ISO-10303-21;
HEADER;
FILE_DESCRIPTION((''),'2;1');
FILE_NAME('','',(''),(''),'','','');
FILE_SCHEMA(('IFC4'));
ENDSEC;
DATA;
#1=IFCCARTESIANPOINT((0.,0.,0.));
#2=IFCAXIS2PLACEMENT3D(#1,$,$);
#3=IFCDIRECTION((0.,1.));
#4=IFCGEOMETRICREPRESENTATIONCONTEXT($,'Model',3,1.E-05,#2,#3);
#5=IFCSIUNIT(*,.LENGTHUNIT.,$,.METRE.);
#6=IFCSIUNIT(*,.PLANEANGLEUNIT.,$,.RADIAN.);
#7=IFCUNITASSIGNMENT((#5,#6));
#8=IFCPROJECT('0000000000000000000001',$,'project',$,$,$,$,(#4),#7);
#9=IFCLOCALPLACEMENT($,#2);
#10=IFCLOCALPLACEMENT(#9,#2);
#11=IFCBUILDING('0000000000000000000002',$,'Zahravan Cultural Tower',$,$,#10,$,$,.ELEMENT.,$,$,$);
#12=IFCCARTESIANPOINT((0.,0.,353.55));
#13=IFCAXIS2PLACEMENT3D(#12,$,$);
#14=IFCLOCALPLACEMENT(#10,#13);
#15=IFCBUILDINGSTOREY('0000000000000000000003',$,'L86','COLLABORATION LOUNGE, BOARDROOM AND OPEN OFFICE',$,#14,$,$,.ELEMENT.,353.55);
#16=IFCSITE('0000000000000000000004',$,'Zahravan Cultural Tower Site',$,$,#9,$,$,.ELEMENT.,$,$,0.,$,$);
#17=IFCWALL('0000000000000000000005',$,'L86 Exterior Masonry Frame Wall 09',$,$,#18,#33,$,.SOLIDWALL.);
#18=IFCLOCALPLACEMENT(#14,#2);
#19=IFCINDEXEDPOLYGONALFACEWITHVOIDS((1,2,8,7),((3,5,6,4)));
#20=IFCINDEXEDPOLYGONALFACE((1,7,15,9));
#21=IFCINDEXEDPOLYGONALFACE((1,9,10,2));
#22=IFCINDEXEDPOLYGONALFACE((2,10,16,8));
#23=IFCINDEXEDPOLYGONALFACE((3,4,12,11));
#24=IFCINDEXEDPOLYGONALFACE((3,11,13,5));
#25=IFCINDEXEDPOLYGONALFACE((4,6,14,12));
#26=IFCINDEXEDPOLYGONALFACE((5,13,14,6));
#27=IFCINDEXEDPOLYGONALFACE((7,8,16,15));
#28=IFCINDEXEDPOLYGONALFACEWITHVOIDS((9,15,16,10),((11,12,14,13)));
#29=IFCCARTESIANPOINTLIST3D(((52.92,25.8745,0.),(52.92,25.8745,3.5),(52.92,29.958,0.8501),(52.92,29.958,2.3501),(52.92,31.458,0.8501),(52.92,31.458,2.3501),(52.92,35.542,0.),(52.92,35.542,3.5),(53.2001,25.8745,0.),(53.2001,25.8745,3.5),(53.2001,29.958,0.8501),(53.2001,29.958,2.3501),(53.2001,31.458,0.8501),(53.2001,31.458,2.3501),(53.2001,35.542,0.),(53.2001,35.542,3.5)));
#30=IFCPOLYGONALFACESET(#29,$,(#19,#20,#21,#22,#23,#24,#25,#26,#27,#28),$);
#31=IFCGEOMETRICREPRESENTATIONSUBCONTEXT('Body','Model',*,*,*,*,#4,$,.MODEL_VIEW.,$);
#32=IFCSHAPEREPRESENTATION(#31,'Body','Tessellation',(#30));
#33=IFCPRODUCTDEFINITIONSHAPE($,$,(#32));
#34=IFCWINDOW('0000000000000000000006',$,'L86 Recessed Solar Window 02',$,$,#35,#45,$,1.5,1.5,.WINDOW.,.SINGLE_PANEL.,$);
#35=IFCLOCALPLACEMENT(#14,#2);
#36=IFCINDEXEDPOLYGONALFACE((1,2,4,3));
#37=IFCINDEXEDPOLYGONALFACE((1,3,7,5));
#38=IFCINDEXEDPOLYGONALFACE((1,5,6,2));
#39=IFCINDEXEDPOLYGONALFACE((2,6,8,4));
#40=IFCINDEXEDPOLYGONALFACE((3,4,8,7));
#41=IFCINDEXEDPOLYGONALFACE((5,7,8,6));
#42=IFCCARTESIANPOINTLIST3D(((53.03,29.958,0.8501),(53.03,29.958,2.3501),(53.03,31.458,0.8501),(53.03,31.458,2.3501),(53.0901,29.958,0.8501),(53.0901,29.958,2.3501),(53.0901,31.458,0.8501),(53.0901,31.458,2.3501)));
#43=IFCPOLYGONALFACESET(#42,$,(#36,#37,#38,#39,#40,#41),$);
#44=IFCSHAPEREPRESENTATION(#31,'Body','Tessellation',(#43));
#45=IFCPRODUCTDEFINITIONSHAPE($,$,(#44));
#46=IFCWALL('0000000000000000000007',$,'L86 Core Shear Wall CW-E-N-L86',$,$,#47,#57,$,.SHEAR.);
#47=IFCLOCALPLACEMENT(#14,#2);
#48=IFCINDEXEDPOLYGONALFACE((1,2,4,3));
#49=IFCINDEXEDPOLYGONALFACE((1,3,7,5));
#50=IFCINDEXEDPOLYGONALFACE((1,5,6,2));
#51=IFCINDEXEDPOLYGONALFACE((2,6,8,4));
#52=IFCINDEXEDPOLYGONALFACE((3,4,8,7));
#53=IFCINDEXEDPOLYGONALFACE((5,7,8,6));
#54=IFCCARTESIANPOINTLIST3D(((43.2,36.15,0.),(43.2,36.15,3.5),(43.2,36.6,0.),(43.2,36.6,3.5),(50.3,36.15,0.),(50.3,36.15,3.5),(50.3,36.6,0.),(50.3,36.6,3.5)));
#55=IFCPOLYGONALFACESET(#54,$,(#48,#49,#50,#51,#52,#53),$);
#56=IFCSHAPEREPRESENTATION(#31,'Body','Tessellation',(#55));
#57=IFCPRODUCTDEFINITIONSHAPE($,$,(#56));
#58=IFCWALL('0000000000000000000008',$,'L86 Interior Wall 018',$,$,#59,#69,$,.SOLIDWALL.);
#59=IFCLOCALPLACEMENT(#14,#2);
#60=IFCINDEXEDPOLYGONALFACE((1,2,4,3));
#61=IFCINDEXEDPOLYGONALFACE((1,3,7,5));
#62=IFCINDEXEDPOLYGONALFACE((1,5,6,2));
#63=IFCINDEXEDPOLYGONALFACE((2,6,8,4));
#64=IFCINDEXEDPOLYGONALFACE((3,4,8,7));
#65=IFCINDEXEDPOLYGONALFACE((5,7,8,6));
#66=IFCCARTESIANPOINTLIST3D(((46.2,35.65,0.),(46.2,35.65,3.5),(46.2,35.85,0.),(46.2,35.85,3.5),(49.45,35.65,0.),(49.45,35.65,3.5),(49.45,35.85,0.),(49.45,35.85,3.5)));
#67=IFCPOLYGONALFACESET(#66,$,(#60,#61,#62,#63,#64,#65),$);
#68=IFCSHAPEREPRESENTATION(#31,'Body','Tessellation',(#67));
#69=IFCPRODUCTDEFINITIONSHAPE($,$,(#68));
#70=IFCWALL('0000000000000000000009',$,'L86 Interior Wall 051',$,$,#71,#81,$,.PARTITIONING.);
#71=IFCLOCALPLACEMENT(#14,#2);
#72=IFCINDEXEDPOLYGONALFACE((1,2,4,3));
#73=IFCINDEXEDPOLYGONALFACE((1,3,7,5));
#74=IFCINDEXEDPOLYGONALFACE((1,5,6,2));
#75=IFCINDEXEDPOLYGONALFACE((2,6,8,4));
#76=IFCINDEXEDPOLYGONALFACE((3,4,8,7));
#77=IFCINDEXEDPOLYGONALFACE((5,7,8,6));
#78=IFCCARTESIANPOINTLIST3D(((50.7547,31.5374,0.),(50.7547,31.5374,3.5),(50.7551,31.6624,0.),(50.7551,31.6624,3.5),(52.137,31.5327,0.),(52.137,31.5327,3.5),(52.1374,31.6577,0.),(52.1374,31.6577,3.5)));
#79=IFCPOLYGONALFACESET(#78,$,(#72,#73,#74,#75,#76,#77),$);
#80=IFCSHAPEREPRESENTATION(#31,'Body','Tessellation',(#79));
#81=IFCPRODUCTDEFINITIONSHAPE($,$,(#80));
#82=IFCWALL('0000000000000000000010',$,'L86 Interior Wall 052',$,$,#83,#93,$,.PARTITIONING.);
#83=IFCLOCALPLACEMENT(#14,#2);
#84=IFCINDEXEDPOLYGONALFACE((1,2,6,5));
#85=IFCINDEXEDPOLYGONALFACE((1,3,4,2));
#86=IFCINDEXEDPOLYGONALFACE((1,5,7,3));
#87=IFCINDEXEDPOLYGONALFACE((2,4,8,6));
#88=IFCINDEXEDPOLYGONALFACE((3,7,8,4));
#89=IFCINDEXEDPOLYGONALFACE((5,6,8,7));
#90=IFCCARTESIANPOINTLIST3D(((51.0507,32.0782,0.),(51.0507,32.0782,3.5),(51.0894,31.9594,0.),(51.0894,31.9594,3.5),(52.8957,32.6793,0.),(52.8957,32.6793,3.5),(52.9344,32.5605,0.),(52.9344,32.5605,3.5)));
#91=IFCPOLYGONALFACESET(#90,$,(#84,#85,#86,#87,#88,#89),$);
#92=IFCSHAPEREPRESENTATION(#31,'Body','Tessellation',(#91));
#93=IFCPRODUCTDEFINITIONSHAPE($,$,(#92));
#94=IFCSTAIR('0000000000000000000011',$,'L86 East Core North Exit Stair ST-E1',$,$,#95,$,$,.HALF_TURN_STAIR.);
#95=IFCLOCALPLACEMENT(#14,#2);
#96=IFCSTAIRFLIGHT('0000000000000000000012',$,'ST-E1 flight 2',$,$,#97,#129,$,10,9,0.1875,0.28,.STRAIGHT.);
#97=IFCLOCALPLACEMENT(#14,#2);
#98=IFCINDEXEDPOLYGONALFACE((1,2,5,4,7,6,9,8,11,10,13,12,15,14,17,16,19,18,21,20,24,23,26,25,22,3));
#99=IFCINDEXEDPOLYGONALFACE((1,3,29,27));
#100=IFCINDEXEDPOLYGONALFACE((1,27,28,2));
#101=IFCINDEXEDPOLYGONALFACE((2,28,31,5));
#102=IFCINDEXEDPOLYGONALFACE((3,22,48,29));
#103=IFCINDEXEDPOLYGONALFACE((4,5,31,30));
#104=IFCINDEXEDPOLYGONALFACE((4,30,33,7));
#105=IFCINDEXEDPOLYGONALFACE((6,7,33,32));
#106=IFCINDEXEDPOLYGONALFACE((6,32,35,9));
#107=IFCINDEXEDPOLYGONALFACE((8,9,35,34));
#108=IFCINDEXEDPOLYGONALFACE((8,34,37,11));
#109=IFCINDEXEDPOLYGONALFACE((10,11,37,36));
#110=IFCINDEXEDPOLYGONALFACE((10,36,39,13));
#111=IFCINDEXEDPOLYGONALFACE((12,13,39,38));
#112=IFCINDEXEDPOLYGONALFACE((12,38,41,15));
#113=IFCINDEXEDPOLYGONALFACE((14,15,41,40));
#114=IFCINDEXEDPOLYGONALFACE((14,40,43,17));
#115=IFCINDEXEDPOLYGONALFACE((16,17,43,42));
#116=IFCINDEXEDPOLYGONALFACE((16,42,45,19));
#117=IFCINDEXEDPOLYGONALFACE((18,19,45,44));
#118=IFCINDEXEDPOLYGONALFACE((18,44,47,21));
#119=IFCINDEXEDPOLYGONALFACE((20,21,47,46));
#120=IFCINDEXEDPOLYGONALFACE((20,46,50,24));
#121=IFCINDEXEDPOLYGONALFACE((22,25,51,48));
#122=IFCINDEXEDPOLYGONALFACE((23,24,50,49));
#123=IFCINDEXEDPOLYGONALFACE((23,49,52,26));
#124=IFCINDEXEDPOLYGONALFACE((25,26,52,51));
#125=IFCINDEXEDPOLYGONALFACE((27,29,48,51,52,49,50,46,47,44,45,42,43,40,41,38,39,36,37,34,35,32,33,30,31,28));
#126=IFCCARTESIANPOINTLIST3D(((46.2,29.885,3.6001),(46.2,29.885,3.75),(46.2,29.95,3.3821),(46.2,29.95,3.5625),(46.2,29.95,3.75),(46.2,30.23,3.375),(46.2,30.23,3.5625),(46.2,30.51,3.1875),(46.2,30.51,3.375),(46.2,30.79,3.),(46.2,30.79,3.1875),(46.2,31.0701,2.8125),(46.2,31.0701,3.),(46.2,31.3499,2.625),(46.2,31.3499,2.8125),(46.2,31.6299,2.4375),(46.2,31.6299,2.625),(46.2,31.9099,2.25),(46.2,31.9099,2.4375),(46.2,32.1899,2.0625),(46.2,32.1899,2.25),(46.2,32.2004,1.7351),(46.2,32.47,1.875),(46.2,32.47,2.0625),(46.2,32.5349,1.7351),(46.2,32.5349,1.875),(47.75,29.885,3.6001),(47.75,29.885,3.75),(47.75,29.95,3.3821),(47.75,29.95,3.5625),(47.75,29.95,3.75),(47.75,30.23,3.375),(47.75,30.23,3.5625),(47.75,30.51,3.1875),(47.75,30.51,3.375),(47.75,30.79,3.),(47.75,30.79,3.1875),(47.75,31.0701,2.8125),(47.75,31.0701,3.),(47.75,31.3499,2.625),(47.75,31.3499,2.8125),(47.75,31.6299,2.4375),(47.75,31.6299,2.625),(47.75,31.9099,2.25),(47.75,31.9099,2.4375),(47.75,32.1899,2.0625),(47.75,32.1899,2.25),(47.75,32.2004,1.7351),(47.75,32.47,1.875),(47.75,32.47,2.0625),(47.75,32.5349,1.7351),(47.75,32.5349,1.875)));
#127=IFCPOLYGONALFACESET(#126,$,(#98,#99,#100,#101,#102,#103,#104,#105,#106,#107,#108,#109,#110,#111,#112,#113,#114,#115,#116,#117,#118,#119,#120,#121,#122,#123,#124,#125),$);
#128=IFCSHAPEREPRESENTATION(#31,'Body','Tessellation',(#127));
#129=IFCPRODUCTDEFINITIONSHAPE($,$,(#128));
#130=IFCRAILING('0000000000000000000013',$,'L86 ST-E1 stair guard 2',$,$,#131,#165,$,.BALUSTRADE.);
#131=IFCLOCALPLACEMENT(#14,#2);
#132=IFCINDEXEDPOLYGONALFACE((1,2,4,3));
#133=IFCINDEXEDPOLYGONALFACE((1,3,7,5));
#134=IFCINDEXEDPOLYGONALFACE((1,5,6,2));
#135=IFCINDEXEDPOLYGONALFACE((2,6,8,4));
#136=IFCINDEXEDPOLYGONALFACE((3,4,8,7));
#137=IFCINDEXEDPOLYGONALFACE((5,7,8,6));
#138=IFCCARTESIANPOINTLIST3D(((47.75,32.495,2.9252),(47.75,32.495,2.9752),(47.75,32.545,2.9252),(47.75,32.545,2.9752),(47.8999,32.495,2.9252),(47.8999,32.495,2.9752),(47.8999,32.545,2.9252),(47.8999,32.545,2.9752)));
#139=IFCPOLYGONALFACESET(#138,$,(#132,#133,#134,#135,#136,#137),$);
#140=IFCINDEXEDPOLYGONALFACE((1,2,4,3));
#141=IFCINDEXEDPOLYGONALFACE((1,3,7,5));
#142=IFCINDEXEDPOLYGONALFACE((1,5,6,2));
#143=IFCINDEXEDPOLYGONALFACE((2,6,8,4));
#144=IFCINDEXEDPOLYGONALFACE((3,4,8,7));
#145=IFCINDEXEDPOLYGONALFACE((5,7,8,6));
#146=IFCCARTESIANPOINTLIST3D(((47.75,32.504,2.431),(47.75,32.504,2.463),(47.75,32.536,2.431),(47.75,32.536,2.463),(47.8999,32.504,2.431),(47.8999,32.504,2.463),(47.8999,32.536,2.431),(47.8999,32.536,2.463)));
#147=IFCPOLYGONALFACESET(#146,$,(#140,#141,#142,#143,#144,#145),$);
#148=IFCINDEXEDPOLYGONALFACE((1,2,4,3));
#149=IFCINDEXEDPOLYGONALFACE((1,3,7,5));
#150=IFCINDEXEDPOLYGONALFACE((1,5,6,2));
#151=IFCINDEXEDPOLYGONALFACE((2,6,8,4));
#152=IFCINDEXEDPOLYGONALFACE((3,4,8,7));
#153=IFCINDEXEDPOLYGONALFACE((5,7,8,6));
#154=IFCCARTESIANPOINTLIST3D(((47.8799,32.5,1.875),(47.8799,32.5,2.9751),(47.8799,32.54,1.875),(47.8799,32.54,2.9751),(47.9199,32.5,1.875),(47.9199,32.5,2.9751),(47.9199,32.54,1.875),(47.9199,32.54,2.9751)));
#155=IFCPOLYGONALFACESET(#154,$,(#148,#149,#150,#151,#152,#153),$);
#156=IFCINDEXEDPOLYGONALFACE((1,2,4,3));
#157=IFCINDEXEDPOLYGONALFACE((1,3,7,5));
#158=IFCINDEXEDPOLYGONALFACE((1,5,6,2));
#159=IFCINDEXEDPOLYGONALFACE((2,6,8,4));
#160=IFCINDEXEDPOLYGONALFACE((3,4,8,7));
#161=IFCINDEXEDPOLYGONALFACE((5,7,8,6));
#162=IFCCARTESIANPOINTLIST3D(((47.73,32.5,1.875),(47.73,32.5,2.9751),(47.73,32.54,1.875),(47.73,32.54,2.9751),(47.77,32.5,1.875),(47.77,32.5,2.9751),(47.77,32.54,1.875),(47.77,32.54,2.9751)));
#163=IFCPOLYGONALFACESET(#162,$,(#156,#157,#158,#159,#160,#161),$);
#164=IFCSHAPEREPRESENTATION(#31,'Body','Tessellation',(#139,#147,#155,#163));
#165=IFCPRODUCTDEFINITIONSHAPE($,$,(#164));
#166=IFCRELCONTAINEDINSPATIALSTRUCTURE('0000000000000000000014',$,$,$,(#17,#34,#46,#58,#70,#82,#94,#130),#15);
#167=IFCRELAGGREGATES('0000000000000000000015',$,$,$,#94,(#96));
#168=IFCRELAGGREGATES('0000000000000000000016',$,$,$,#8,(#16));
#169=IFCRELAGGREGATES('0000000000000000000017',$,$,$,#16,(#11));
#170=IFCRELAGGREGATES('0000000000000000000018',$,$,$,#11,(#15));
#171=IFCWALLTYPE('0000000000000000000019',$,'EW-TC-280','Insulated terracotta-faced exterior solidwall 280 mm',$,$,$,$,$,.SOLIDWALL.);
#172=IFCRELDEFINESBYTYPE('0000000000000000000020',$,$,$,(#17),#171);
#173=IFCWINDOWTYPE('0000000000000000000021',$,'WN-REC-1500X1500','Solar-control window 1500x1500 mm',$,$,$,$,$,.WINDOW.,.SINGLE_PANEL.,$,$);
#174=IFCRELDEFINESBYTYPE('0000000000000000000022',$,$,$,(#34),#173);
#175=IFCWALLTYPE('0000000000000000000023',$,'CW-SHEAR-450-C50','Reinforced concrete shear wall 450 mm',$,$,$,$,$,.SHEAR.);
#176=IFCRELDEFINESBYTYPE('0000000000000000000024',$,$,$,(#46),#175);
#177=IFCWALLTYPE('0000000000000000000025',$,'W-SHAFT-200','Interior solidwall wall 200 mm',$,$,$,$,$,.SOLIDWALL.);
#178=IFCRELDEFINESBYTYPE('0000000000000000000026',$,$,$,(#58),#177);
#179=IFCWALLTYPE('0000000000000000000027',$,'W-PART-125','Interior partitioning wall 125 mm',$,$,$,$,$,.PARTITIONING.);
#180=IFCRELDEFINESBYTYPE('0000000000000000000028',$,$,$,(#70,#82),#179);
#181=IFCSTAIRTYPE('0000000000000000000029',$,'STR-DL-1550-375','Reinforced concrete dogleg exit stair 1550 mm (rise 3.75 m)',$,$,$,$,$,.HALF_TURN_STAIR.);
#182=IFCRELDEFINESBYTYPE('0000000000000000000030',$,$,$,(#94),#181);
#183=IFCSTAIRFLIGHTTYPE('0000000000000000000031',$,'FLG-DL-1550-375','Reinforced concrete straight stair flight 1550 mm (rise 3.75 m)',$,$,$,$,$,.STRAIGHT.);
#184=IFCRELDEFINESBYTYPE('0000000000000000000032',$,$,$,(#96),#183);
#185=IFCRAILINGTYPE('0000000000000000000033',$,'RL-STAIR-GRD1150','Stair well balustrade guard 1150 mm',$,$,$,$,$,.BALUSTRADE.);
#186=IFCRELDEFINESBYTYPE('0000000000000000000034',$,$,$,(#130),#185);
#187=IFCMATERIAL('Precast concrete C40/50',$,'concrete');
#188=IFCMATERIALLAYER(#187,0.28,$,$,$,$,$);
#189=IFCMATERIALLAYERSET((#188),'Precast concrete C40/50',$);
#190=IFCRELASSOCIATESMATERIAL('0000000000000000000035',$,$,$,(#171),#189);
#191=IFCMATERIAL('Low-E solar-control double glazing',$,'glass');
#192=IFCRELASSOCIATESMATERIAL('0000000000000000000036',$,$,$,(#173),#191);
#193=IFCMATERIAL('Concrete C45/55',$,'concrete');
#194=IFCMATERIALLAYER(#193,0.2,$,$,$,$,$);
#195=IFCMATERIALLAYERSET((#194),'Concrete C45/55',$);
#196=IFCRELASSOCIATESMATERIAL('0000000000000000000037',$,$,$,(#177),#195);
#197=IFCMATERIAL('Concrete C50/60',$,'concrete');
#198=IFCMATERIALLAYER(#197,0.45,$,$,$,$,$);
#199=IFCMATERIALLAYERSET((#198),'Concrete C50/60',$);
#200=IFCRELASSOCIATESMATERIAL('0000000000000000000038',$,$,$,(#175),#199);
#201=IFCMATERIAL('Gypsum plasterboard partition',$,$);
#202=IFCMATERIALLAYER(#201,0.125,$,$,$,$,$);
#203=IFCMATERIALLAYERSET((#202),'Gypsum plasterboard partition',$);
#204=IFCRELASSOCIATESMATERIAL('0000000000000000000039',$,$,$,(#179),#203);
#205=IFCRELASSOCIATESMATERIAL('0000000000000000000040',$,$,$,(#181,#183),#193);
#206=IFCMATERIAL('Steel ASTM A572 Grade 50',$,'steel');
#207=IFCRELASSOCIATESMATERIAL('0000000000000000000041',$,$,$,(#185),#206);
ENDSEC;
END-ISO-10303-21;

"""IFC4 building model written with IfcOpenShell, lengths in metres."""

from ifc_helpers import new_model, si_unit, direction, frame, frame_2d, origin, origin_2d, place, context, subcontext, project, spatial, polyline, rectangle, outline, extrude, source, transform, mapped, material, layer, layer_set, type_object, element, fill, aggregate, save


model = new_model("IFC4")

# Units and contexts
model_context = context("Model", 3, precision=1e-05, world=origin(), true_north=direction((0.0, 1.0)))
body_context = subcontext(model_context, "Body", "Model", "MODEL_VIEW")
ifc_project = project(units=[si_unit("LENGTHUNIT", "METRE"), si_unit("PLANEANGLEUNIT", "RADIAN")], contexts=[model_context])

# Site, building, storey
site_placement = place(None, origin())
site = spatial("IfcSite", under=ifc_project, at=site_placement, Name="Zahravan Cultural Tower Site", CompositionType="ELEMENT", RefElevation=0.0)
building_placement = place(site_placement, origin())
building = spatial("IfcBuilding", under=site, at=building_placement, Name="Zahravan Cultural Tower", CompositionType="ELEMENT")
storey_placement = place(building_placement, frame((0.0, 0.0, 353.55)))
storey = spatial("IfcBuildingStorey", under=building, at=storey_placement, Name="L86", Description="COLLABORATION LOUNGE, BOARDROOM AND OPEN OFFICE", CompositionType="ELEMENT", Elevation=353.55)

# Shared definitions
ifc_material_1 = material(Name="Concrete C50/60", Category="concrete")

# Wall, opening, window
ifc_material_2 = material(Name="Precast concrete C40/50", Category="concrete")
ifc_layer_1 = layer(ifc_material_2, 0.28)
ifc_layer_set_1 = layer_set([ifc_layer_1], Name="Precast concrete C40/50")
wall_type_1 = type_object("IfcWallType", Name="EW-TC-280", Description="Insulated terracotta-faced exterior solidwall 280 mm", PredefinedType="SOLIDWALL", material=ifc_layer_set_1)
wall_1_placement = place(storey_placement, frame((53.0601, 35.542, 0.0), z_axis=(0.0, 0.0, 1.0), x_axis=(0.0, -1.0, 0.0)))
wall_1 = element("IfcWall", 1, at=wall_1_placement, inside=storey, type_object=wall_type_1, Name="L86 Exterior Masonry Frame Wall 09", PredefinedType="SOLIDWALL", context=body_context, shape_type="SweptSolid", body=[
    extrude(rectangle(XDim=9.6675, YDim=0.28, at=frame_2d((4.8337, 0.0))), origin(), (0.0, 0.0, 1.0), 3.5),
])
opening_1_placement = place(wall_1_placement, frame((4.084, 0.0, 0.8501)))
opening_1 = element("IfcOpeningElement", 2, at=opening_1_placement, cuts=wall_1, PredefinedType="OPENING", context=body_context, shape_type="SweptSolid", body=[
    extrude(rectangle(XDim=1.5, YDim=1.5, at=frame_2d((0.75, 0.75))), frame((0.0, 0.1499, 0.0), z_axis=(0.0, -1.0, 0.0), x_axis=(1.0, 0.0, 0.0)), (0.0, 0.0, 1.0), 0.3),
])
ifc_material_3 = material(Name="Low-E solar-control double glazing", Category="glass")
window_type = type_object("IfcWindowType", Name="WN-REC-1500X1500", Description="Solar-control window 1500x1500 mm", PartitioningType="SINGLE_PANEL", PredefinedType="WINDOW", material=ifc_material_3)
shared_shape_1 = source(origin(), body_context, "Body", "SweptSolid", [
    extrude(rectangle(XDim=1.5, YDim=1.5, at=frame_2d((0.75, 0.75))), frame((0.0, 0.03, 0.0), z_axis=(0.0, -1.0, 0.0), x_axis=(1.0, 0.0, 0.0)), (0.0, 0.0, 1.0), 0.0601),
])
window_placement = place(opening_1_placement, origin())
window = element("IfcWindow", 3, at=window_placement, inside=storey, type_object=window_type, Name="L86 Recessed Solar Window 02", OverallHeight=1.5, OverallWidth=1.5, PartitioningType="SINGLE_PANEL", PredefinedType="WINDOW", context=body_context, shape_type="MappedRepresentation", body=[
    mapped(shared_shape_1, transform((0.0, 0.0, 0.0), x_axis=(1.0, 0.0, 0.0), y_axis=(0.0, 1.0, 0.0), z_axis=(0.0, 0.0, 1.0), scale=1.0)),
])
fill(opening_1, window)

# Shared definitions
ifc_material_4 = material(Name="Concrete C45/55", Category="concrete")
ifc_layer_2 = layer(ifc_material_4, 0.2)
ifc_layer_set_2 = layer_set([ifc_layer_2], Name="Concrete C45/55")
wall_type_2 = type_object("IfcWallType", Name="W-SHAFT-200", Description="Interior solidwall wall 200 mm", PredefinedType="SOLIDWALL", material=ifc_layer_set_2)
ifc_material_5 = material(Name="Steel ASTM A572 Grade 50", Category="steel")

# Walls
ifc_layer_3 = layer(ifc_material_1, 0.45)
ifc_layer_set_3 = layer_set([ifc_layer_3], Name="Concrete C50/60")
wall_type_3 = type_object("IfcWallType", Name="CW-SHEAR-450-C50", Description="Reinforced concrete shear wall 450 mm", PredefinedType="SHEAR", material=ifc_layer_set_3)
shared_shape_2 = source(origin(), body_context, "Body", "SweptSolid", [
    extrude(rectangle(XDim=7.1001, YDim=0.45, at=frame_2d((3.55, 0.0))), origin(), (0.0, 0.0, 1.0), 3.5),
])
wall_2_placement = place(storey_placement, frame((43.2, 36.375, 0.0), z_axis=(0.0, 0.0, 1.0), x_axis=(1.0, 0.0, 0.0)))
element("IfcWall", 4, at=wall_2_placement, inside=storey, type_object=wall_type_3, Name="L86 Core Shear Wall CW-E-N-L86", PredefinedType="SHEAR", context=body_context, shape_type="MappedRepresentation", body=[
    mapped(shared_shape_2, transform((0.0, 0.0, 0.0), x_axis=(1.0, 0.0, 0.0), y_axis=(0.0, 1.0, 0.0), z_axis=(0.0, 0.0, 1.0), scale=1.0)),
])
shared_shape_3 = source(origin(), body_context, "Body", "SweptSolid", [
    extrude(rectangle(XDim=3.25, YDim=0.2, at=frame_2d((1.625, 0.0))), origin(), (0.0, 0.0, 1.0), 3.5),
])
wall_3_placement = place(storey_placement, frame((46.2, 35.75, 0.0), z_axis=(0.0, 0.0, 1.0), x_axis=(1.0, 0.0, 0.0)))
element("IfcWall", 5, at=wall_3_placement, inside=storey, type_object=wall_type_2, Name="L86 Interior Wall 018", PredefinedType="SOLIDWALL", context=body_context, shape_type="MappedRepresentation", body=[
    mapped(shared_shape_3, transform((0.0, 0.0, 0.0), x_axis=(1.0, 0.0, 0.0), y_axis=(0.0, 1.0, 0.0), z_axis=(0.0, 0.0, 1.0), scale=1.0)),
])
ifc_material_6 = material(Name="Gypsum plasterboard partition")
ifc_layer_4 = layer(ifc_material_6, 0.125)
ifc_layer_set_4 = layer_set([ifc_layer_4], Name="Gypsum plasterboard partition")
wall_type_4 = type_object("IfcWallType", Name="W-PART-125", Description="Interior partitioning wall 125 mm", PredefinedType="PARTITIONING", material=ifc_layer_set_4)
shared_shape_4 = source(origin(), body_context, "Body", "SweptSolid", [
    extrude(rectangle(XDim=1.3823, YDim=0.125, at=frame_2d((0.6912, 0.0))), origin(), (0.0, 0.0, 1.0), 3.5),
])
wall_4_placement = place(storey_placement, frame((52.1372, 31.5952, 0.0), z_axis=(0.0, 0.0, 1.0), x_axis=(-0.999994, 0.003356, 0.0)))
element("IfcWall", 6, at=wall_4_placement, inside=storey, type_object=wall_type_4, Name="L86 Interior Wall 051", PredefinedType="PARTITIONING", context=body_context, shape_type="MappedRepresentation", body=[
    mapped(shared_shape_4, transform((0.0, 0.0, 0.0), x_axis=(1.0, 0.0, 0.0), y_axis=(0.0, 1.0, 0.0), z_axis=(0.0, 0.0, 1.0), scale=1.0)),
])
shared_shape_5 = source(origin(), body_context, "Body", "SweptSolid", [
    extrude(rectangle(XDim=1.9404, YDim=0.125, at=frame_2d((0.9702, 0.0))), origin(), (0.0, 0.0, 1.0), 3.5),
])
wall_5_placement = place(storey_placement, frame((51.0701, 32.0188, 0.0), z_axis=(0.0, 0.0, 1.0), x_axis=(0.950813, 0.309766, 0.0)))
element("IfcWall", 7, at=wall_5_placement, inside=storey, type_object=wall_type_4, Name="L86 Interior Wall 052", PredefinedType="PARTITIONING", context=body_context, shape_type="MappedRepresentation", body=[
    mapped(shared_shape_5, transform((0.0, 0.0, 0.0), x_axis=(1.0, 0.0, 0.0), y_axis=(0.0, 1.0, 0.0), z_axis=(0.0, 0.0, 1.0), scale=1.0)),
])

# Stair, stair flight
stair_type = type_object("IfcStairType", Name="STR-DL-1550-375", Description="Reinforced concrete dogleg exit stair 1550 mm (rise 3.75 m)", PredefinedType="HALF_TURN_STAIR", material=ifc_material_4)
stair_placement = place(storey_placement, origin())
stair = element("IfcStair", 8, at=stair_placement, inside=storey, type_object=stair_type, Name="L86 East Core North Exit Stair ST-E1", PredefinedType="HALF_TURN_STAIR")
stair_flight_type = type_object("IfcStairFlightType", Name="FLG-DL-1550-375", Description="Reinforced concrete straight stair flight 1550 mm (rise 3.75 m)", PredefinedType="STRAIGHT", material=ifc_material_4)
stair_flight_placement = place(storey_placement, frame((46.9751, 32.47, 1.875), z_axis=(0.0, 0.0, 1.0), x_axis=(0.0, -1.0, 0.0)))
stair_flight = element("IfcStairFlight", 9, at=stair_flight_placement, type_object=stair_flight_type, Name="ST-E1 flight 2", NumberOfRisers=10, NumberOfTreads=9, PredefinedType="STRAIGHT", RiserHeight=0.1875, TreadLength=0.28, context=body_context, shape_type="SweptSolid", body=[
    extrude(outline(polyline([(-0.0649, -0.1399), (-0.0649, 0.0), (0.0, 0.0), (0.0, 0.1875), (0.28, 0.1875), (0.28, 0.375), (0.5601, 0.375), (0.5601, 0.5625), (0.8401, 0.5625), (0.8401, 0.75), (1.1201, 0.75), (1.1201, 0.9375), (1.3999, 0.9375), (1.3999, 1.125), (1.6799, 1.125), (1.6799, 1.3125), (1.96, 1.3125), (1.96, 1.5), (2.24, 1.5), (2.24, 1.6875), (2.52, 1.6875), (2.52, 1.875), (2.585, 1.875), (2.585, 1.7251), (2.52, 1.5071), (0.2695, -0.1399), (-0.0649, -0.1399)])), frame((0.0, 0.7749, 0.0), z_axis=(0.0, -1.0, 0.0), x_axis=(1.0, 0.0, 0.0)), (0.0, 0.0, 1.0), 1.55),
])
aggregate(stair, [stair_flight])

# Railing
railing_type_1 = type_object("IfcRailingType", Name="RL-STAIR-GRD1150", Description="Stair well balustrade guard 1150 mm", PredefinedType="BALUSTRADE", material=ifc_material_5)
railing_1_placement = place(storey_placement, frame((47.8999, 32.52, 1.875)))
element("IfcRailing", 10, at=railing_1_placement, inside=storey, type_object=railing_type_1, Name="L86 ST-E1 stair guard 2", PredefinedType="BALUSTRADE", context=body_context, shape_type="SweptSolid", body=[
    extrude(rectangle(XDim=0.05, YDim=0.05, at=origin_2d()), frame((0.0, 0.0, 1.0752), z_axis=(-1.0, 0.0, 0.0), x_axis=(0.0, -1.0, 0.0)), (0.0, 0.0, 1.0), 0.1499),
    extrude(rectangle(XDim=0.032, YDim=0.032, at=origin_2d()), frame((0.0, 0.0, 0.572), z_axis=(-1.0, 0.0, 0.0), x_axis=(0.0, -1.0, 0.0)), (0.0, 0.0, 1.0), 0.1499),
    extrude(rectangle(XDim=0.04, YDim=0.04, at=origin_2d()), origin(), (0.0, 0.0, 1.0), 1.1001),
    extrude(rectangle(XDim=0.04, YDim=0.04, at=origin_2d()), frame((-0.1499, 0.0, 0.0)), (0.0, 0.0, 1.0), 1.1001),
])

save(model, "model.ifc")
